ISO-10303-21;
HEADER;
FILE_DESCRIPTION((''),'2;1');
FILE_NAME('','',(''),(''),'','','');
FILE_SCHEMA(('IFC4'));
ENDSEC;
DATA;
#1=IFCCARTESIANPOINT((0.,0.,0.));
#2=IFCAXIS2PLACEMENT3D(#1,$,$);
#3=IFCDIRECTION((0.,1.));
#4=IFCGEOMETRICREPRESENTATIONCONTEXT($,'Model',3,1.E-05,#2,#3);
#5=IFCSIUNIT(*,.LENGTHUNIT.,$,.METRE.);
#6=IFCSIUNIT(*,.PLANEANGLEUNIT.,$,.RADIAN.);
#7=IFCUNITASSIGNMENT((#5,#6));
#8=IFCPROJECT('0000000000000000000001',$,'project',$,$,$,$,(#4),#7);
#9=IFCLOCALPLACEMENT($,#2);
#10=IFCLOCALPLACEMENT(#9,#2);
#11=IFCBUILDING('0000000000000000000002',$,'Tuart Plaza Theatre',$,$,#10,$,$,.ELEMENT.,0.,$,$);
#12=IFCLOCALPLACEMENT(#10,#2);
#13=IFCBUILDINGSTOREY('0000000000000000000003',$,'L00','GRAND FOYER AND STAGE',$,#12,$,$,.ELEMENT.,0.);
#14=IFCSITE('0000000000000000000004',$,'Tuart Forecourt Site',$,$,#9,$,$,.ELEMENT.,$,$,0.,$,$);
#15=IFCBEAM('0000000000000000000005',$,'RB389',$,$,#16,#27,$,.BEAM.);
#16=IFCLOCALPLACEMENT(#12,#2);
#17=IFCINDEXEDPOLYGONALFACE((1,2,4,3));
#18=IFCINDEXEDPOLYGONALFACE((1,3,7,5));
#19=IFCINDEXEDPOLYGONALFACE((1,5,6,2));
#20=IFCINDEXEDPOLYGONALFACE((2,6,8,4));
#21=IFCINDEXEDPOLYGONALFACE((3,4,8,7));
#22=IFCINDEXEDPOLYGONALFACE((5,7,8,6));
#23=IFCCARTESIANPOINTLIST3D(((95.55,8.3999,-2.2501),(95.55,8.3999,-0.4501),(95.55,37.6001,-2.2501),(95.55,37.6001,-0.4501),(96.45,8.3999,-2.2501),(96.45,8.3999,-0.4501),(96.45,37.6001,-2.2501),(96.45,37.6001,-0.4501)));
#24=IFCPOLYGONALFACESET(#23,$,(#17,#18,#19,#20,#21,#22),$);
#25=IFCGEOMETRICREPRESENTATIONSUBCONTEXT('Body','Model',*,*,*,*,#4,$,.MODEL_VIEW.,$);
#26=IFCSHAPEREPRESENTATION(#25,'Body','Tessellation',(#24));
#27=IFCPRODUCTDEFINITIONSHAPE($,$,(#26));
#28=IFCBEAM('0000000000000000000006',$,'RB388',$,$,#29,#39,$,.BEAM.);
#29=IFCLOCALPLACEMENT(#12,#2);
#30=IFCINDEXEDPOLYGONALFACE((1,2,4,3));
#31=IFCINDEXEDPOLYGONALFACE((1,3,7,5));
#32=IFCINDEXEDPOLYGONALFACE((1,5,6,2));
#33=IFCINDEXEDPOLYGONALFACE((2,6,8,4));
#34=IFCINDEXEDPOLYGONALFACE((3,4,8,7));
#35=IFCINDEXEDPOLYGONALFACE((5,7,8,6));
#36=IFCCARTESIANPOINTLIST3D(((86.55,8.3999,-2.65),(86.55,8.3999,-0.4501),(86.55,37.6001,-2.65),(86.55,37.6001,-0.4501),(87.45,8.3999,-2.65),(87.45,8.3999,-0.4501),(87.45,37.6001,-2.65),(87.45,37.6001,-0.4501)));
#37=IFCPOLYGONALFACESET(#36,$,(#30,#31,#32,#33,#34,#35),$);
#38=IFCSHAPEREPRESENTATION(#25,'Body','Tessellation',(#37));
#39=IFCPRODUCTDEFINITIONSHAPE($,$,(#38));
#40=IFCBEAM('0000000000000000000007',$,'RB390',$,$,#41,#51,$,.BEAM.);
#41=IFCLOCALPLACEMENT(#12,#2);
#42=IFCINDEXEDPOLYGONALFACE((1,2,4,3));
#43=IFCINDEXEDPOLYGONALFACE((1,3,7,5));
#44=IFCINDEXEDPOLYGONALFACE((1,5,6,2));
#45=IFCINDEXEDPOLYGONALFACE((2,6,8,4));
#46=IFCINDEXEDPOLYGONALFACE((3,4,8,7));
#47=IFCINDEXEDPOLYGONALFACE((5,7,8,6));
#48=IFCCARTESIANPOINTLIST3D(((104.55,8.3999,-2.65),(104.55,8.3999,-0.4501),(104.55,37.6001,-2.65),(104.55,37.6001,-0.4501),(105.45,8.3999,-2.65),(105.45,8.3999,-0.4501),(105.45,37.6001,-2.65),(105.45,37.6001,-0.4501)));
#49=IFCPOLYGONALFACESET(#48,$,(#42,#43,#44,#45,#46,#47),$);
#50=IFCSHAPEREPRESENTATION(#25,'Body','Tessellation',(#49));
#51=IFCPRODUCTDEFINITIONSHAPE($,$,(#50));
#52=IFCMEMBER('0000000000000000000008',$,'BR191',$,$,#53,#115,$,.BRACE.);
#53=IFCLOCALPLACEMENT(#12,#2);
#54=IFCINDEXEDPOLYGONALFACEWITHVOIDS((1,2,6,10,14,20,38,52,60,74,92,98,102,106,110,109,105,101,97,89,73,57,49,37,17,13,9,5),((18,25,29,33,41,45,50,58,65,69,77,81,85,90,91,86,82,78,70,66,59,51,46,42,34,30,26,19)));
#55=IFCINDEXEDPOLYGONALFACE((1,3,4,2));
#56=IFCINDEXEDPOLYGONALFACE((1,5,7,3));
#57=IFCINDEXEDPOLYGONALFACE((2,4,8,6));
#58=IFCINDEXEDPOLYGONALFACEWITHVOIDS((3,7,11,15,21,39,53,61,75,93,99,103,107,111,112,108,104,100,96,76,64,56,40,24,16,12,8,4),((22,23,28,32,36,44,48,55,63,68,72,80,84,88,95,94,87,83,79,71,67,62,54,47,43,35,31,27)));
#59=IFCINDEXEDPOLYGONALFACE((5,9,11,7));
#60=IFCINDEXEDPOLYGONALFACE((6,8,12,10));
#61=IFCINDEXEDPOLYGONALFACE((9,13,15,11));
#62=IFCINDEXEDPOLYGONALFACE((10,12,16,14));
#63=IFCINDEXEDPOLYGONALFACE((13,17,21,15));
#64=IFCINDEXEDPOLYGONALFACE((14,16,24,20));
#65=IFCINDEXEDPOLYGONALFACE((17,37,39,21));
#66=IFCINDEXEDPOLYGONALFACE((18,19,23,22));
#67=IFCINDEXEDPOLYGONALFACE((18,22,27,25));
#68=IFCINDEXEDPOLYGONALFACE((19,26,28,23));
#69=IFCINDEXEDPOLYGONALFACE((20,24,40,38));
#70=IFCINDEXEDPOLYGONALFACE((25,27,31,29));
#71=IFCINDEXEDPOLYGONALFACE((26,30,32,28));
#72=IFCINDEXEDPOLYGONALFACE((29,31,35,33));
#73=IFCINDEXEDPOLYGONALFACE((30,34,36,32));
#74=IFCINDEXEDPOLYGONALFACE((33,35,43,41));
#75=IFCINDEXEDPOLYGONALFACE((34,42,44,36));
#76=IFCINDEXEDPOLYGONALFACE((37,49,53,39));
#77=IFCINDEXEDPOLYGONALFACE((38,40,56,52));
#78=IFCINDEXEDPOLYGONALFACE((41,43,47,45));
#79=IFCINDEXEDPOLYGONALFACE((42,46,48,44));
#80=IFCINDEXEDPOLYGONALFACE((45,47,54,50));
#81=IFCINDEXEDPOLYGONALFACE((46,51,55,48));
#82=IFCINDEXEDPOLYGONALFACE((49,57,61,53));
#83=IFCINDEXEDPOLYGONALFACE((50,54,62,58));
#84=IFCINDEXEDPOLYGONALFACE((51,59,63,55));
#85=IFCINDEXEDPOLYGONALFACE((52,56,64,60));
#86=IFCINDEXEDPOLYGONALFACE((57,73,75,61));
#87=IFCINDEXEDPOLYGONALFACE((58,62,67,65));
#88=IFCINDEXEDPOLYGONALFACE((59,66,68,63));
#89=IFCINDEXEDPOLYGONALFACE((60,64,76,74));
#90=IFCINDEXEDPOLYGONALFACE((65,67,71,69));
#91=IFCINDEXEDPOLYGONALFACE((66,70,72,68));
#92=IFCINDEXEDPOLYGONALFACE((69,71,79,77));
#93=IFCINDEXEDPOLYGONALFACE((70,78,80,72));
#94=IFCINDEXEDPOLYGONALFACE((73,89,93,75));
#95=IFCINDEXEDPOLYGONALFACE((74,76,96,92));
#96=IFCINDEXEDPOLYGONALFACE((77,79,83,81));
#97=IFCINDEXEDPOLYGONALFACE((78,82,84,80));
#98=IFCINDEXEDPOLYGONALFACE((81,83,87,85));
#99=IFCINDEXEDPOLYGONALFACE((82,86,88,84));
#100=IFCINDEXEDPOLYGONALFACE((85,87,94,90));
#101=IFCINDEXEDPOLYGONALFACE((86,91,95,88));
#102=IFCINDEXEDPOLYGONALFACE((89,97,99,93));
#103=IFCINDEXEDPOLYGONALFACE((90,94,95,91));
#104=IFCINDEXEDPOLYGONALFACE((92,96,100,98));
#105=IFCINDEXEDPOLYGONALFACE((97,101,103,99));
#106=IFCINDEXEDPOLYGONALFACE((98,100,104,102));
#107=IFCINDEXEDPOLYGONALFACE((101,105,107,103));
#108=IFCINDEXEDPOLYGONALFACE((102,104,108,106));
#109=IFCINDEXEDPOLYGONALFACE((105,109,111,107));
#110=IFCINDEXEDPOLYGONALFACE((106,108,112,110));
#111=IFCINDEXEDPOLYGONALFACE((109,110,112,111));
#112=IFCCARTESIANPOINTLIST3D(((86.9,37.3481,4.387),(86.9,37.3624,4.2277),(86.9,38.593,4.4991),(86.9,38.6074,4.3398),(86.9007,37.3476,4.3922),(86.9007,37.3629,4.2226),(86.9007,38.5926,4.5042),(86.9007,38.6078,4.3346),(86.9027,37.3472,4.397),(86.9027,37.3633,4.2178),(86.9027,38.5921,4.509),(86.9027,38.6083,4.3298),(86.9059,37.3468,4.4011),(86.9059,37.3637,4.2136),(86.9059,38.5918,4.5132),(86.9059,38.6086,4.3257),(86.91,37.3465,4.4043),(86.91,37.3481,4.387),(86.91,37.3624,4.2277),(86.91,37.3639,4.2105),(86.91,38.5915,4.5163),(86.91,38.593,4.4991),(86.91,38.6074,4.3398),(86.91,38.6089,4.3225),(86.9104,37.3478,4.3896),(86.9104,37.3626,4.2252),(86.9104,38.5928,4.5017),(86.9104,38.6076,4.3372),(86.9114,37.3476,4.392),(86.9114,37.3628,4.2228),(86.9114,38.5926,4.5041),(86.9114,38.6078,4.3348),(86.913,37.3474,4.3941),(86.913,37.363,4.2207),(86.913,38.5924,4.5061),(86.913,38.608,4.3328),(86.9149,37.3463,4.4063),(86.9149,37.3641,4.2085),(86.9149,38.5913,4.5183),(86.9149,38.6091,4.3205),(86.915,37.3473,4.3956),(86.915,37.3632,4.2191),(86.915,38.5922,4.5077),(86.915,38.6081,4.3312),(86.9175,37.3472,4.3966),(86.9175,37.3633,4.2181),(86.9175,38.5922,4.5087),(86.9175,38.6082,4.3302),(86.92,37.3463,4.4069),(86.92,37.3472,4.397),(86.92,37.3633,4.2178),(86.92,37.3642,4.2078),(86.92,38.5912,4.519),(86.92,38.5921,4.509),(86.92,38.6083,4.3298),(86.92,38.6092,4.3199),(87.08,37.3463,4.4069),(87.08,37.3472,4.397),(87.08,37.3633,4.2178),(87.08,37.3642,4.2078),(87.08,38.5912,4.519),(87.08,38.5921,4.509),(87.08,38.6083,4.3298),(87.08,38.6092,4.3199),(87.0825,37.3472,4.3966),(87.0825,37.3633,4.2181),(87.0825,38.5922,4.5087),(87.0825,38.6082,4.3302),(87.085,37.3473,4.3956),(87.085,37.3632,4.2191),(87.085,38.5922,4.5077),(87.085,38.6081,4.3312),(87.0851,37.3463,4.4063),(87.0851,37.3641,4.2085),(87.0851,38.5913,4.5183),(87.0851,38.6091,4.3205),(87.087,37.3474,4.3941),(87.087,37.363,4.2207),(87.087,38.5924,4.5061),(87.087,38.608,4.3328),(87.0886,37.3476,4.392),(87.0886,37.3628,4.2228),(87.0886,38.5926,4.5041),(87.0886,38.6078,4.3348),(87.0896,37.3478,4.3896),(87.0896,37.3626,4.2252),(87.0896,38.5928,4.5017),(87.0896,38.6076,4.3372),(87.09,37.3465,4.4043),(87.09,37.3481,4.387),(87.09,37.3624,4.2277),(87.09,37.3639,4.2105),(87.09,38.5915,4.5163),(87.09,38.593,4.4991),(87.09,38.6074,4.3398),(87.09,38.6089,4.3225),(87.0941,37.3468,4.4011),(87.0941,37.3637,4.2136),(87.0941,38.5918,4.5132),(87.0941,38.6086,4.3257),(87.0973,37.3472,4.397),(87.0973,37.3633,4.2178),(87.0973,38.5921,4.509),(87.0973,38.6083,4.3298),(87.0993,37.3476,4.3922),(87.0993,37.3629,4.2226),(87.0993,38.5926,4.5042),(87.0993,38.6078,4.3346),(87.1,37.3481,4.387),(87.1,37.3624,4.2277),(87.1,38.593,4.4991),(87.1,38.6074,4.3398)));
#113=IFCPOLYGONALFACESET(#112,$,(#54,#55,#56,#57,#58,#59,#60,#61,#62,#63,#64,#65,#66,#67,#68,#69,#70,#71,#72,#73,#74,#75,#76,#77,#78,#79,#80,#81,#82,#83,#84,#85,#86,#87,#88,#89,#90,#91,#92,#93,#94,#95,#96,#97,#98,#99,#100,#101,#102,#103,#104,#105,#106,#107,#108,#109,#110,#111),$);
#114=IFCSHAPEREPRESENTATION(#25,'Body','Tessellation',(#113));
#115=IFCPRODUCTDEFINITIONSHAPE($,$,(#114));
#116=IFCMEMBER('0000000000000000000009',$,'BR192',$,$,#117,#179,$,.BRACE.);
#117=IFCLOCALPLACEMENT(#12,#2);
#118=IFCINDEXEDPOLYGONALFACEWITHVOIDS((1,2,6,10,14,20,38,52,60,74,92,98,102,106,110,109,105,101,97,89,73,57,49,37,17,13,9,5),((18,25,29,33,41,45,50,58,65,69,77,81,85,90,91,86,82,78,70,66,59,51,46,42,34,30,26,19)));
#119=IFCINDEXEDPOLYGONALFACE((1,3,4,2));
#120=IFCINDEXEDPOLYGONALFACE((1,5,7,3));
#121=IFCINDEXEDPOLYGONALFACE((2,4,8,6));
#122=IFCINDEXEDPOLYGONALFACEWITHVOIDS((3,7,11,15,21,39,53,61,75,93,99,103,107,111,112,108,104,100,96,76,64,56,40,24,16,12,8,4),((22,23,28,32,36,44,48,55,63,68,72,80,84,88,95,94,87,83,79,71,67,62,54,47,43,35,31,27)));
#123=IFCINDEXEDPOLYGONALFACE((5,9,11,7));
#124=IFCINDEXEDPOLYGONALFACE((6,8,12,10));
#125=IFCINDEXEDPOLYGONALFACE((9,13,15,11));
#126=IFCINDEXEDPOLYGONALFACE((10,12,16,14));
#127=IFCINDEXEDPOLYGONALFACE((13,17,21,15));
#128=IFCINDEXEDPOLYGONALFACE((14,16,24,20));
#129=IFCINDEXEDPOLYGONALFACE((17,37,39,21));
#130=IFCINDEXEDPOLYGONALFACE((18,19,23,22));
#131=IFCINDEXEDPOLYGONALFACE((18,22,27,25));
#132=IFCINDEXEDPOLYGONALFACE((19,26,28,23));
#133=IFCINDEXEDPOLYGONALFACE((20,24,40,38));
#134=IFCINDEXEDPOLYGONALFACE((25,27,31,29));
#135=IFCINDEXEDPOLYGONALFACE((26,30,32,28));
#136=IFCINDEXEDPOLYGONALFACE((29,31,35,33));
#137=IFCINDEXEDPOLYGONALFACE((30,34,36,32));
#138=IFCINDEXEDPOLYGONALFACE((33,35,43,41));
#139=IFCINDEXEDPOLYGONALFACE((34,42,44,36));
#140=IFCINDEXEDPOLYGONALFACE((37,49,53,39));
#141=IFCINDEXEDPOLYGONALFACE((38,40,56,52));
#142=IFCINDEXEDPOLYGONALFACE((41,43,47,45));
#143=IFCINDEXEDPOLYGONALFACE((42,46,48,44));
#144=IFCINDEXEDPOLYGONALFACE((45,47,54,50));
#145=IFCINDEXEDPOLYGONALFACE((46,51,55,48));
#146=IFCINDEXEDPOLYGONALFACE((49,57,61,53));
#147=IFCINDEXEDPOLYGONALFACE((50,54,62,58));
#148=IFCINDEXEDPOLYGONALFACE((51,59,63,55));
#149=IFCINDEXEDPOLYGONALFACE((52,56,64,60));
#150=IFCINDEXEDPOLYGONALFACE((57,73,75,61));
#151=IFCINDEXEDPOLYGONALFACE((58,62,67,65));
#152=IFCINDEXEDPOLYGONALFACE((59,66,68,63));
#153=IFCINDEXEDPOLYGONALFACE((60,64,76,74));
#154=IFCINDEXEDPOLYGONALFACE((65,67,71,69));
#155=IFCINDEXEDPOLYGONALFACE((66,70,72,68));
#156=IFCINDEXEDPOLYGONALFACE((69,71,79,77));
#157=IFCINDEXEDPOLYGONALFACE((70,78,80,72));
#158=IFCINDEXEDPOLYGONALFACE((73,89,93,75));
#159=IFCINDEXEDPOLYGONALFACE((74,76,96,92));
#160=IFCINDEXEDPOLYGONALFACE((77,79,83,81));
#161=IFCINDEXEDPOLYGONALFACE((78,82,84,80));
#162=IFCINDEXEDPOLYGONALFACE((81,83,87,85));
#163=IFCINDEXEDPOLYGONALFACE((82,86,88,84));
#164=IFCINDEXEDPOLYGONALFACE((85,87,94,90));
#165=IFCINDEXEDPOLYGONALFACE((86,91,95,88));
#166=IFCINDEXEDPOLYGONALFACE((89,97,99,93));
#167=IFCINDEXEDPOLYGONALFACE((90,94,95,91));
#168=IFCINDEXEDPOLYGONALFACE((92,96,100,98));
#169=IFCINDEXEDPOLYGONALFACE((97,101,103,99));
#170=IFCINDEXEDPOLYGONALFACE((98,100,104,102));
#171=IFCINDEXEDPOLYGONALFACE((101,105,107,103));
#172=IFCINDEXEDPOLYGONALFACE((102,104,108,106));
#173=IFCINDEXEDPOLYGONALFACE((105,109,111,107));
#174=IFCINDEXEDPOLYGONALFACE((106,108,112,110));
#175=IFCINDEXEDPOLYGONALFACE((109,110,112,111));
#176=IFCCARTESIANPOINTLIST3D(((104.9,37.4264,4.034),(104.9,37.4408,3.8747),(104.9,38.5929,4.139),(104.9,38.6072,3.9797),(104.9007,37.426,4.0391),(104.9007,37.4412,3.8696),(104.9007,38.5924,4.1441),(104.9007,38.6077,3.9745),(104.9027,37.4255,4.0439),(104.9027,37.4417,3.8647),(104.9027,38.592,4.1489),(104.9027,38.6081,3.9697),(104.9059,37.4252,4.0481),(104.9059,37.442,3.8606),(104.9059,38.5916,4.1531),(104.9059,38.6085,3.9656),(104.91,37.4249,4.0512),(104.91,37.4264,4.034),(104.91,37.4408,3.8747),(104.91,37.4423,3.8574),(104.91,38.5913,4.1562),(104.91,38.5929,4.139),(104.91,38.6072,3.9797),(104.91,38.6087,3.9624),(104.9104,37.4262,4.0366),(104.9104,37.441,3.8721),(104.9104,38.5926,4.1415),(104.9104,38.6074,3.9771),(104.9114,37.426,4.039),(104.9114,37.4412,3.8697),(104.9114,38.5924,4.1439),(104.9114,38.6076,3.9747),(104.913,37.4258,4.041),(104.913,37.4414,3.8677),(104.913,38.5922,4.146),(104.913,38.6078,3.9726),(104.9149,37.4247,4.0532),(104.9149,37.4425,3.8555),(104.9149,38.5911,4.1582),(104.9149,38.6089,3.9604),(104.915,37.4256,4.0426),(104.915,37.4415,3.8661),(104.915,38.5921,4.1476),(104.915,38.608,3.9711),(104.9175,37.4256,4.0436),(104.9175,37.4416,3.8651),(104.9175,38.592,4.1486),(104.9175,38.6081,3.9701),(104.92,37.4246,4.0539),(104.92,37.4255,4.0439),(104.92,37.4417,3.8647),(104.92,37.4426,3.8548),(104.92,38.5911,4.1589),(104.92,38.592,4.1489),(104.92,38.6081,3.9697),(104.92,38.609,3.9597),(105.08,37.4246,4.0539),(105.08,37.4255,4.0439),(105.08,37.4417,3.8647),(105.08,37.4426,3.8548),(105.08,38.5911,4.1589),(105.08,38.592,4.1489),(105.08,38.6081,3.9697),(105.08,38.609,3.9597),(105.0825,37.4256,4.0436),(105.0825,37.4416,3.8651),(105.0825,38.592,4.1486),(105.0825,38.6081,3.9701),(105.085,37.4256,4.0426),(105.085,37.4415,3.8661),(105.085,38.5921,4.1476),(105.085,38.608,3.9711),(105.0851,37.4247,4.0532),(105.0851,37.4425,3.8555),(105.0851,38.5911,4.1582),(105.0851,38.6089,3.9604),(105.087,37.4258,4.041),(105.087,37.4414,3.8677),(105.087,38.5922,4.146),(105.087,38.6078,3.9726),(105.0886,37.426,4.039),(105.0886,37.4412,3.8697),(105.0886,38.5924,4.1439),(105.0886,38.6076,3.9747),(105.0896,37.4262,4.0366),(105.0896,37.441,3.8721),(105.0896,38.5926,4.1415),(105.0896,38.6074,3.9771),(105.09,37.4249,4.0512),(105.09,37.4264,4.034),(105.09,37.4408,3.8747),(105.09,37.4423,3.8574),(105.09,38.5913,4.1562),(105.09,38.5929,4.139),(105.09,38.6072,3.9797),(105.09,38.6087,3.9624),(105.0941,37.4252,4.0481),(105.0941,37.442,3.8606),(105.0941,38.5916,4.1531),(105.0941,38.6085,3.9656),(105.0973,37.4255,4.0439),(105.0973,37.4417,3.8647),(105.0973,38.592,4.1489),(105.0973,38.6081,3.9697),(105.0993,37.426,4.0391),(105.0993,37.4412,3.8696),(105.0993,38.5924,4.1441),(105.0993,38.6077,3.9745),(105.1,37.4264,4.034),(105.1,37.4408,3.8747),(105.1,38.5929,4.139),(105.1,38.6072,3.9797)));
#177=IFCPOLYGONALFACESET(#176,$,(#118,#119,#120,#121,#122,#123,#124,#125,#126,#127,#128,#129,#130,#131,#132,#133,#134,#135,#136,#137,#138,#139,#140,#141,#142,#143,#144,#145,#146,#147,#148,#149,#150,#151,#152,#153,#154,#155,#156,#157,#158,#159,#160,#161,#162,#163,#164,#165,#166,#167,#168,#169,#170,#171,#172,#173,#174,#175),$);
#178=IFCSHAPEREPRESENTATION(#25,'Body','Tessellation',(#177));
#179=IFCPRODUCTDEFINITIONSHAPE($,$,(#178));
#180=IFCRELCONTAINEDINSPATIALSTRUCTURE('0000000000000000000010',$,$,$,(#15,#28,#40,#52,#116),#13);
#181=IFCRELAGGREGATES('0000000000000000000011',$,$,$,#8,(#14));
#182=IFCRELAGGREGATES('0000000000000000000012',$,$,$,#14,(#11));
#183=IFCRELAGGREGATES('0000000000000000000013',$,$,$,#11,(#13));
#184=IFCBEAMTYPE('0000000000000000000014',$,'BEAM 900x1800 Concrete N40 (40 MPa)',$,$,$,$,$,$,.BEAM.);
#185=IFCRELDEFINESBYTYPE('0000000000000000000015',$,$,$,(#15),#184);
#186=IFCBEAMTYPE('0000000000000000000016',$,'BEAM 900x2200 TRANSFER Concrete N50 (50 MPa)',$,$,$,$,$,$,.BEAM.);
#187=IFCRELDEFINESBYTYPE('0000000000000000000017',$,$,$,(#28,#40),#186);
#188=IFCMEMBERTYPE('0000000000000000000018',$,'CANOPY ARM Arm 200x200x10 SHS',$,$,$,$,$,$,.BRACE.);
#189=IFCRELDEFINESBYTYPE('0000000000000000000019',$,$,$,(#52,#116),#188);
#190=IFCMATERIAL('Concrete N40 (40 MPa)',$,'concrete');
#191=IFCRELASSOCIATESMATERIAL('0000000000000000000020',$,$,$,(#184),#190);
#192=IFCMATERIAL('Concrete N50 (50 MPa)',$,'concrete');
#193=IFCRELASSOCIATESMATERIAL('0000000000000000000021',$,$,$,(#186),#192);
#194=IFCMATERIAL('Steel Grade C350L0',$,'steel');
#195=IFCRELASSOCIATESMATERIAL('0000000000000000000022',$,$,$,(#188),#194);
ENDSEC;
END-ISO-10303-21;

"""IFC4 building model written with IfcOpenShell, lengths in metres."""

from ifc_helpers import new_model, si_unit, direction, frame, origin, origin_2d, place, context, subcontext, project, spatial, rectangle, hollow_rectangle, extrude, material, material_profile, profile_set, type_object, element, save


model = new_model("IFC4")

# Units and contexts
model_context = context("Model", 3, precision=1e-05, world=origin(), true_north=direction((0.0, 1.0)))
body_context = subcontext(model_context, "Body", "Model", "MODEL_VIEW")
ifc_project = project(units=[si_unit("LENGTHUNIT", "METRE"), si_unit("PLANEANGLEUNIT", "RADIAN")], contexts=[model_context])

# Site, building, storey
site_placement = place(None, origin())
site = spatial("IfcSite", under=ifc_project, at=site_placement, Name="Tuart Forecourt Site", CompositionType="ELEMENT", RefElevation=0.0)
building_placement = place(site_placement, origin())
building = spatial("IfcBuilding", under=site, at=building_placement, Name="Tuart Plaza Theatre", CompositionType="ELEMENT", ElevationOfRefHeight=0.0)
storey_placement = place(building_placement, origin())
storey = spatial("IfcBuildingStorey", under=building, at=storey_placement, Name="L00", Description="GRAND FOYER AND STAGE", CompositionType="ELEMENT", Elevation=0.0)

# Beams
ifc_material_1 = material(Name="Concrete N40 (40 MPa)", Category="concrete")
ifc_material_profile_1 = material_profile(ifc_material_1, rectangle(XDim=0.8999, YDim=1.8, at=origin_2d()), Name="BEAM 900x1800 Concrete N40 (40 MPa)")
ifc_profile_set_1 = profile_set([ifc_material_profile_1], Name="Concrete N40 (40 MPa)")
beam_type_1 = type_object("IfcBeamType", Name="BEAM 900x1800 Concrete N40 (40 MPa)", PredefinedType="BEAM", material=ifc_profile_set_1)
beam_placement = place(storey_placement, frame((96.0, 8.3999, -1.3501), z_axis=(0.0, 1.0, 0.0), x_axis=(-1.0, 0.0, 0.0)))
element("IfcBeam", 1, at=beam_placement, inside=storey, type_object=beam_type_1, Name="RB389", PredefinedType="BEAM", context=body_context, shape_type="SweptSolid", body=[
    extrude(rectangle(XDim=0.8999, YDim=1.8, at=origin_2d()), origin(), (0.0, 0.0, 1.0), 29.2002),
])
ifc_material_2 = material(Name="Concrete N50 (50 MPa)", Category="concrete")
ifc_material_profile_2 = material_profile(ifc_material_2, rectangle(XDim=0.8999, YDim=2.2, at=origin_2d()), Name="BEAM 900x2200 TRANSFER Concrete N50 (50 MPa)")
ifc_profile_set_2 = profile_set([ifc_material_profile_2], Name="Concrete N50 (50 MPa)")
beam_type_2 = type_object("IfcBeamType", Name="BEAM 900x2200 TRANSFER Concrete N50 (50 MPa)", PredefinedType="BEAM", material=ifc_profile_set_2)
for number, where, z_axis, x_axis, name in (
    (2, (87.0, 8.3999, -1.55), (0.0, 1.0, 0.0), (-1.0, 0.0, 0.0), "RB388"),
    (3, (105.0, 8.3999, -1.55), (0.0, 1.0, 0.0), (-1.0, 0.0, 0.0), "RB390"),
):
    element("IfcBeam", number, at=place(storey_placement, frame(where, z_axis=z_axis, x_axis=x_axis)), inside=storey, type_object=beam_type_2, Name=name, PredefinedType="BEAM", context=body_context, shape_type="SweptSolid", body=[
        extrude(rectangle(XDim=0.8999, YDim=2.2, at=origin_2d()), origin(), (0.0, 0.0, 1.0), 29.2002),
    ])

# Members
ifc_material_3 = material(Name="Steel Grade C350L0", Category="steel")
ifc_material_profile_3 = material_profile(ifc_material_3, hollow_rectangle(XDim=0.2, YDim=0.2, WallThickness=0.01, InnerFilletRadius=0.01, OuterFilletRadius=0.02, at=origin_2d()), Name="200x200x10 SHS")
ifc_profile_set_3 = profile_set([ifc_material_profile_3], Name="Steel Grade C350L0")
member_type_1 = type_object("IfcMemberType", Name="CANOPY ARM Arm 200x200x10 SHS", PredefinedType="BRACE", material=ifc_profile_set_3)
member_1_placement = place(storey_placement, frame((87.0, 37.3552, 4.3074), z_axis=(0.0, 0.995973, 0.089655), x_axis=(-1.0, 0.0, 0.0)))
element("IfcMember", 4, at=member_1_placement, inside=storey, type_object=member_type_1, Name="BR191", PredefinedType="BRACE", context=body_context, shape_type="SweptSolid", body=[
    extrude(hollow_rectangle(XDim=0.2, YDim=0.2, WallThickness=0.01, InnerFilletRadius=0.01, OuterFilletRadius=0.02, at=origin_2d()), origin(), (0.0, 0.0, 1.0), 1.25),
])
member_2_placement = place(storey_placement, frame((105.0, 37.4336, 3.9543), z_axis=(0.0, 0.995975, 0.089634), x_axis=(-1.0, 0.0, 0.0)))
element("IfcMember", 5, at=member_2_placement, inside=storey, type_object=member_type_1, Name="BR192", PredefinedType="BRACE", context=body_context, shape_type="SweptSolid", body=[
    extrude(hollow_rectangle(XDim=0.2, YDim=0.2, WallThickness=0.01, InnerFilletRadius=0.01, OuterFilletRadius=0.02, at=origin_2d()), origin(), (0.0, 0.0, 1.0), 1.1711),
])

save(model, "model.ifc")
